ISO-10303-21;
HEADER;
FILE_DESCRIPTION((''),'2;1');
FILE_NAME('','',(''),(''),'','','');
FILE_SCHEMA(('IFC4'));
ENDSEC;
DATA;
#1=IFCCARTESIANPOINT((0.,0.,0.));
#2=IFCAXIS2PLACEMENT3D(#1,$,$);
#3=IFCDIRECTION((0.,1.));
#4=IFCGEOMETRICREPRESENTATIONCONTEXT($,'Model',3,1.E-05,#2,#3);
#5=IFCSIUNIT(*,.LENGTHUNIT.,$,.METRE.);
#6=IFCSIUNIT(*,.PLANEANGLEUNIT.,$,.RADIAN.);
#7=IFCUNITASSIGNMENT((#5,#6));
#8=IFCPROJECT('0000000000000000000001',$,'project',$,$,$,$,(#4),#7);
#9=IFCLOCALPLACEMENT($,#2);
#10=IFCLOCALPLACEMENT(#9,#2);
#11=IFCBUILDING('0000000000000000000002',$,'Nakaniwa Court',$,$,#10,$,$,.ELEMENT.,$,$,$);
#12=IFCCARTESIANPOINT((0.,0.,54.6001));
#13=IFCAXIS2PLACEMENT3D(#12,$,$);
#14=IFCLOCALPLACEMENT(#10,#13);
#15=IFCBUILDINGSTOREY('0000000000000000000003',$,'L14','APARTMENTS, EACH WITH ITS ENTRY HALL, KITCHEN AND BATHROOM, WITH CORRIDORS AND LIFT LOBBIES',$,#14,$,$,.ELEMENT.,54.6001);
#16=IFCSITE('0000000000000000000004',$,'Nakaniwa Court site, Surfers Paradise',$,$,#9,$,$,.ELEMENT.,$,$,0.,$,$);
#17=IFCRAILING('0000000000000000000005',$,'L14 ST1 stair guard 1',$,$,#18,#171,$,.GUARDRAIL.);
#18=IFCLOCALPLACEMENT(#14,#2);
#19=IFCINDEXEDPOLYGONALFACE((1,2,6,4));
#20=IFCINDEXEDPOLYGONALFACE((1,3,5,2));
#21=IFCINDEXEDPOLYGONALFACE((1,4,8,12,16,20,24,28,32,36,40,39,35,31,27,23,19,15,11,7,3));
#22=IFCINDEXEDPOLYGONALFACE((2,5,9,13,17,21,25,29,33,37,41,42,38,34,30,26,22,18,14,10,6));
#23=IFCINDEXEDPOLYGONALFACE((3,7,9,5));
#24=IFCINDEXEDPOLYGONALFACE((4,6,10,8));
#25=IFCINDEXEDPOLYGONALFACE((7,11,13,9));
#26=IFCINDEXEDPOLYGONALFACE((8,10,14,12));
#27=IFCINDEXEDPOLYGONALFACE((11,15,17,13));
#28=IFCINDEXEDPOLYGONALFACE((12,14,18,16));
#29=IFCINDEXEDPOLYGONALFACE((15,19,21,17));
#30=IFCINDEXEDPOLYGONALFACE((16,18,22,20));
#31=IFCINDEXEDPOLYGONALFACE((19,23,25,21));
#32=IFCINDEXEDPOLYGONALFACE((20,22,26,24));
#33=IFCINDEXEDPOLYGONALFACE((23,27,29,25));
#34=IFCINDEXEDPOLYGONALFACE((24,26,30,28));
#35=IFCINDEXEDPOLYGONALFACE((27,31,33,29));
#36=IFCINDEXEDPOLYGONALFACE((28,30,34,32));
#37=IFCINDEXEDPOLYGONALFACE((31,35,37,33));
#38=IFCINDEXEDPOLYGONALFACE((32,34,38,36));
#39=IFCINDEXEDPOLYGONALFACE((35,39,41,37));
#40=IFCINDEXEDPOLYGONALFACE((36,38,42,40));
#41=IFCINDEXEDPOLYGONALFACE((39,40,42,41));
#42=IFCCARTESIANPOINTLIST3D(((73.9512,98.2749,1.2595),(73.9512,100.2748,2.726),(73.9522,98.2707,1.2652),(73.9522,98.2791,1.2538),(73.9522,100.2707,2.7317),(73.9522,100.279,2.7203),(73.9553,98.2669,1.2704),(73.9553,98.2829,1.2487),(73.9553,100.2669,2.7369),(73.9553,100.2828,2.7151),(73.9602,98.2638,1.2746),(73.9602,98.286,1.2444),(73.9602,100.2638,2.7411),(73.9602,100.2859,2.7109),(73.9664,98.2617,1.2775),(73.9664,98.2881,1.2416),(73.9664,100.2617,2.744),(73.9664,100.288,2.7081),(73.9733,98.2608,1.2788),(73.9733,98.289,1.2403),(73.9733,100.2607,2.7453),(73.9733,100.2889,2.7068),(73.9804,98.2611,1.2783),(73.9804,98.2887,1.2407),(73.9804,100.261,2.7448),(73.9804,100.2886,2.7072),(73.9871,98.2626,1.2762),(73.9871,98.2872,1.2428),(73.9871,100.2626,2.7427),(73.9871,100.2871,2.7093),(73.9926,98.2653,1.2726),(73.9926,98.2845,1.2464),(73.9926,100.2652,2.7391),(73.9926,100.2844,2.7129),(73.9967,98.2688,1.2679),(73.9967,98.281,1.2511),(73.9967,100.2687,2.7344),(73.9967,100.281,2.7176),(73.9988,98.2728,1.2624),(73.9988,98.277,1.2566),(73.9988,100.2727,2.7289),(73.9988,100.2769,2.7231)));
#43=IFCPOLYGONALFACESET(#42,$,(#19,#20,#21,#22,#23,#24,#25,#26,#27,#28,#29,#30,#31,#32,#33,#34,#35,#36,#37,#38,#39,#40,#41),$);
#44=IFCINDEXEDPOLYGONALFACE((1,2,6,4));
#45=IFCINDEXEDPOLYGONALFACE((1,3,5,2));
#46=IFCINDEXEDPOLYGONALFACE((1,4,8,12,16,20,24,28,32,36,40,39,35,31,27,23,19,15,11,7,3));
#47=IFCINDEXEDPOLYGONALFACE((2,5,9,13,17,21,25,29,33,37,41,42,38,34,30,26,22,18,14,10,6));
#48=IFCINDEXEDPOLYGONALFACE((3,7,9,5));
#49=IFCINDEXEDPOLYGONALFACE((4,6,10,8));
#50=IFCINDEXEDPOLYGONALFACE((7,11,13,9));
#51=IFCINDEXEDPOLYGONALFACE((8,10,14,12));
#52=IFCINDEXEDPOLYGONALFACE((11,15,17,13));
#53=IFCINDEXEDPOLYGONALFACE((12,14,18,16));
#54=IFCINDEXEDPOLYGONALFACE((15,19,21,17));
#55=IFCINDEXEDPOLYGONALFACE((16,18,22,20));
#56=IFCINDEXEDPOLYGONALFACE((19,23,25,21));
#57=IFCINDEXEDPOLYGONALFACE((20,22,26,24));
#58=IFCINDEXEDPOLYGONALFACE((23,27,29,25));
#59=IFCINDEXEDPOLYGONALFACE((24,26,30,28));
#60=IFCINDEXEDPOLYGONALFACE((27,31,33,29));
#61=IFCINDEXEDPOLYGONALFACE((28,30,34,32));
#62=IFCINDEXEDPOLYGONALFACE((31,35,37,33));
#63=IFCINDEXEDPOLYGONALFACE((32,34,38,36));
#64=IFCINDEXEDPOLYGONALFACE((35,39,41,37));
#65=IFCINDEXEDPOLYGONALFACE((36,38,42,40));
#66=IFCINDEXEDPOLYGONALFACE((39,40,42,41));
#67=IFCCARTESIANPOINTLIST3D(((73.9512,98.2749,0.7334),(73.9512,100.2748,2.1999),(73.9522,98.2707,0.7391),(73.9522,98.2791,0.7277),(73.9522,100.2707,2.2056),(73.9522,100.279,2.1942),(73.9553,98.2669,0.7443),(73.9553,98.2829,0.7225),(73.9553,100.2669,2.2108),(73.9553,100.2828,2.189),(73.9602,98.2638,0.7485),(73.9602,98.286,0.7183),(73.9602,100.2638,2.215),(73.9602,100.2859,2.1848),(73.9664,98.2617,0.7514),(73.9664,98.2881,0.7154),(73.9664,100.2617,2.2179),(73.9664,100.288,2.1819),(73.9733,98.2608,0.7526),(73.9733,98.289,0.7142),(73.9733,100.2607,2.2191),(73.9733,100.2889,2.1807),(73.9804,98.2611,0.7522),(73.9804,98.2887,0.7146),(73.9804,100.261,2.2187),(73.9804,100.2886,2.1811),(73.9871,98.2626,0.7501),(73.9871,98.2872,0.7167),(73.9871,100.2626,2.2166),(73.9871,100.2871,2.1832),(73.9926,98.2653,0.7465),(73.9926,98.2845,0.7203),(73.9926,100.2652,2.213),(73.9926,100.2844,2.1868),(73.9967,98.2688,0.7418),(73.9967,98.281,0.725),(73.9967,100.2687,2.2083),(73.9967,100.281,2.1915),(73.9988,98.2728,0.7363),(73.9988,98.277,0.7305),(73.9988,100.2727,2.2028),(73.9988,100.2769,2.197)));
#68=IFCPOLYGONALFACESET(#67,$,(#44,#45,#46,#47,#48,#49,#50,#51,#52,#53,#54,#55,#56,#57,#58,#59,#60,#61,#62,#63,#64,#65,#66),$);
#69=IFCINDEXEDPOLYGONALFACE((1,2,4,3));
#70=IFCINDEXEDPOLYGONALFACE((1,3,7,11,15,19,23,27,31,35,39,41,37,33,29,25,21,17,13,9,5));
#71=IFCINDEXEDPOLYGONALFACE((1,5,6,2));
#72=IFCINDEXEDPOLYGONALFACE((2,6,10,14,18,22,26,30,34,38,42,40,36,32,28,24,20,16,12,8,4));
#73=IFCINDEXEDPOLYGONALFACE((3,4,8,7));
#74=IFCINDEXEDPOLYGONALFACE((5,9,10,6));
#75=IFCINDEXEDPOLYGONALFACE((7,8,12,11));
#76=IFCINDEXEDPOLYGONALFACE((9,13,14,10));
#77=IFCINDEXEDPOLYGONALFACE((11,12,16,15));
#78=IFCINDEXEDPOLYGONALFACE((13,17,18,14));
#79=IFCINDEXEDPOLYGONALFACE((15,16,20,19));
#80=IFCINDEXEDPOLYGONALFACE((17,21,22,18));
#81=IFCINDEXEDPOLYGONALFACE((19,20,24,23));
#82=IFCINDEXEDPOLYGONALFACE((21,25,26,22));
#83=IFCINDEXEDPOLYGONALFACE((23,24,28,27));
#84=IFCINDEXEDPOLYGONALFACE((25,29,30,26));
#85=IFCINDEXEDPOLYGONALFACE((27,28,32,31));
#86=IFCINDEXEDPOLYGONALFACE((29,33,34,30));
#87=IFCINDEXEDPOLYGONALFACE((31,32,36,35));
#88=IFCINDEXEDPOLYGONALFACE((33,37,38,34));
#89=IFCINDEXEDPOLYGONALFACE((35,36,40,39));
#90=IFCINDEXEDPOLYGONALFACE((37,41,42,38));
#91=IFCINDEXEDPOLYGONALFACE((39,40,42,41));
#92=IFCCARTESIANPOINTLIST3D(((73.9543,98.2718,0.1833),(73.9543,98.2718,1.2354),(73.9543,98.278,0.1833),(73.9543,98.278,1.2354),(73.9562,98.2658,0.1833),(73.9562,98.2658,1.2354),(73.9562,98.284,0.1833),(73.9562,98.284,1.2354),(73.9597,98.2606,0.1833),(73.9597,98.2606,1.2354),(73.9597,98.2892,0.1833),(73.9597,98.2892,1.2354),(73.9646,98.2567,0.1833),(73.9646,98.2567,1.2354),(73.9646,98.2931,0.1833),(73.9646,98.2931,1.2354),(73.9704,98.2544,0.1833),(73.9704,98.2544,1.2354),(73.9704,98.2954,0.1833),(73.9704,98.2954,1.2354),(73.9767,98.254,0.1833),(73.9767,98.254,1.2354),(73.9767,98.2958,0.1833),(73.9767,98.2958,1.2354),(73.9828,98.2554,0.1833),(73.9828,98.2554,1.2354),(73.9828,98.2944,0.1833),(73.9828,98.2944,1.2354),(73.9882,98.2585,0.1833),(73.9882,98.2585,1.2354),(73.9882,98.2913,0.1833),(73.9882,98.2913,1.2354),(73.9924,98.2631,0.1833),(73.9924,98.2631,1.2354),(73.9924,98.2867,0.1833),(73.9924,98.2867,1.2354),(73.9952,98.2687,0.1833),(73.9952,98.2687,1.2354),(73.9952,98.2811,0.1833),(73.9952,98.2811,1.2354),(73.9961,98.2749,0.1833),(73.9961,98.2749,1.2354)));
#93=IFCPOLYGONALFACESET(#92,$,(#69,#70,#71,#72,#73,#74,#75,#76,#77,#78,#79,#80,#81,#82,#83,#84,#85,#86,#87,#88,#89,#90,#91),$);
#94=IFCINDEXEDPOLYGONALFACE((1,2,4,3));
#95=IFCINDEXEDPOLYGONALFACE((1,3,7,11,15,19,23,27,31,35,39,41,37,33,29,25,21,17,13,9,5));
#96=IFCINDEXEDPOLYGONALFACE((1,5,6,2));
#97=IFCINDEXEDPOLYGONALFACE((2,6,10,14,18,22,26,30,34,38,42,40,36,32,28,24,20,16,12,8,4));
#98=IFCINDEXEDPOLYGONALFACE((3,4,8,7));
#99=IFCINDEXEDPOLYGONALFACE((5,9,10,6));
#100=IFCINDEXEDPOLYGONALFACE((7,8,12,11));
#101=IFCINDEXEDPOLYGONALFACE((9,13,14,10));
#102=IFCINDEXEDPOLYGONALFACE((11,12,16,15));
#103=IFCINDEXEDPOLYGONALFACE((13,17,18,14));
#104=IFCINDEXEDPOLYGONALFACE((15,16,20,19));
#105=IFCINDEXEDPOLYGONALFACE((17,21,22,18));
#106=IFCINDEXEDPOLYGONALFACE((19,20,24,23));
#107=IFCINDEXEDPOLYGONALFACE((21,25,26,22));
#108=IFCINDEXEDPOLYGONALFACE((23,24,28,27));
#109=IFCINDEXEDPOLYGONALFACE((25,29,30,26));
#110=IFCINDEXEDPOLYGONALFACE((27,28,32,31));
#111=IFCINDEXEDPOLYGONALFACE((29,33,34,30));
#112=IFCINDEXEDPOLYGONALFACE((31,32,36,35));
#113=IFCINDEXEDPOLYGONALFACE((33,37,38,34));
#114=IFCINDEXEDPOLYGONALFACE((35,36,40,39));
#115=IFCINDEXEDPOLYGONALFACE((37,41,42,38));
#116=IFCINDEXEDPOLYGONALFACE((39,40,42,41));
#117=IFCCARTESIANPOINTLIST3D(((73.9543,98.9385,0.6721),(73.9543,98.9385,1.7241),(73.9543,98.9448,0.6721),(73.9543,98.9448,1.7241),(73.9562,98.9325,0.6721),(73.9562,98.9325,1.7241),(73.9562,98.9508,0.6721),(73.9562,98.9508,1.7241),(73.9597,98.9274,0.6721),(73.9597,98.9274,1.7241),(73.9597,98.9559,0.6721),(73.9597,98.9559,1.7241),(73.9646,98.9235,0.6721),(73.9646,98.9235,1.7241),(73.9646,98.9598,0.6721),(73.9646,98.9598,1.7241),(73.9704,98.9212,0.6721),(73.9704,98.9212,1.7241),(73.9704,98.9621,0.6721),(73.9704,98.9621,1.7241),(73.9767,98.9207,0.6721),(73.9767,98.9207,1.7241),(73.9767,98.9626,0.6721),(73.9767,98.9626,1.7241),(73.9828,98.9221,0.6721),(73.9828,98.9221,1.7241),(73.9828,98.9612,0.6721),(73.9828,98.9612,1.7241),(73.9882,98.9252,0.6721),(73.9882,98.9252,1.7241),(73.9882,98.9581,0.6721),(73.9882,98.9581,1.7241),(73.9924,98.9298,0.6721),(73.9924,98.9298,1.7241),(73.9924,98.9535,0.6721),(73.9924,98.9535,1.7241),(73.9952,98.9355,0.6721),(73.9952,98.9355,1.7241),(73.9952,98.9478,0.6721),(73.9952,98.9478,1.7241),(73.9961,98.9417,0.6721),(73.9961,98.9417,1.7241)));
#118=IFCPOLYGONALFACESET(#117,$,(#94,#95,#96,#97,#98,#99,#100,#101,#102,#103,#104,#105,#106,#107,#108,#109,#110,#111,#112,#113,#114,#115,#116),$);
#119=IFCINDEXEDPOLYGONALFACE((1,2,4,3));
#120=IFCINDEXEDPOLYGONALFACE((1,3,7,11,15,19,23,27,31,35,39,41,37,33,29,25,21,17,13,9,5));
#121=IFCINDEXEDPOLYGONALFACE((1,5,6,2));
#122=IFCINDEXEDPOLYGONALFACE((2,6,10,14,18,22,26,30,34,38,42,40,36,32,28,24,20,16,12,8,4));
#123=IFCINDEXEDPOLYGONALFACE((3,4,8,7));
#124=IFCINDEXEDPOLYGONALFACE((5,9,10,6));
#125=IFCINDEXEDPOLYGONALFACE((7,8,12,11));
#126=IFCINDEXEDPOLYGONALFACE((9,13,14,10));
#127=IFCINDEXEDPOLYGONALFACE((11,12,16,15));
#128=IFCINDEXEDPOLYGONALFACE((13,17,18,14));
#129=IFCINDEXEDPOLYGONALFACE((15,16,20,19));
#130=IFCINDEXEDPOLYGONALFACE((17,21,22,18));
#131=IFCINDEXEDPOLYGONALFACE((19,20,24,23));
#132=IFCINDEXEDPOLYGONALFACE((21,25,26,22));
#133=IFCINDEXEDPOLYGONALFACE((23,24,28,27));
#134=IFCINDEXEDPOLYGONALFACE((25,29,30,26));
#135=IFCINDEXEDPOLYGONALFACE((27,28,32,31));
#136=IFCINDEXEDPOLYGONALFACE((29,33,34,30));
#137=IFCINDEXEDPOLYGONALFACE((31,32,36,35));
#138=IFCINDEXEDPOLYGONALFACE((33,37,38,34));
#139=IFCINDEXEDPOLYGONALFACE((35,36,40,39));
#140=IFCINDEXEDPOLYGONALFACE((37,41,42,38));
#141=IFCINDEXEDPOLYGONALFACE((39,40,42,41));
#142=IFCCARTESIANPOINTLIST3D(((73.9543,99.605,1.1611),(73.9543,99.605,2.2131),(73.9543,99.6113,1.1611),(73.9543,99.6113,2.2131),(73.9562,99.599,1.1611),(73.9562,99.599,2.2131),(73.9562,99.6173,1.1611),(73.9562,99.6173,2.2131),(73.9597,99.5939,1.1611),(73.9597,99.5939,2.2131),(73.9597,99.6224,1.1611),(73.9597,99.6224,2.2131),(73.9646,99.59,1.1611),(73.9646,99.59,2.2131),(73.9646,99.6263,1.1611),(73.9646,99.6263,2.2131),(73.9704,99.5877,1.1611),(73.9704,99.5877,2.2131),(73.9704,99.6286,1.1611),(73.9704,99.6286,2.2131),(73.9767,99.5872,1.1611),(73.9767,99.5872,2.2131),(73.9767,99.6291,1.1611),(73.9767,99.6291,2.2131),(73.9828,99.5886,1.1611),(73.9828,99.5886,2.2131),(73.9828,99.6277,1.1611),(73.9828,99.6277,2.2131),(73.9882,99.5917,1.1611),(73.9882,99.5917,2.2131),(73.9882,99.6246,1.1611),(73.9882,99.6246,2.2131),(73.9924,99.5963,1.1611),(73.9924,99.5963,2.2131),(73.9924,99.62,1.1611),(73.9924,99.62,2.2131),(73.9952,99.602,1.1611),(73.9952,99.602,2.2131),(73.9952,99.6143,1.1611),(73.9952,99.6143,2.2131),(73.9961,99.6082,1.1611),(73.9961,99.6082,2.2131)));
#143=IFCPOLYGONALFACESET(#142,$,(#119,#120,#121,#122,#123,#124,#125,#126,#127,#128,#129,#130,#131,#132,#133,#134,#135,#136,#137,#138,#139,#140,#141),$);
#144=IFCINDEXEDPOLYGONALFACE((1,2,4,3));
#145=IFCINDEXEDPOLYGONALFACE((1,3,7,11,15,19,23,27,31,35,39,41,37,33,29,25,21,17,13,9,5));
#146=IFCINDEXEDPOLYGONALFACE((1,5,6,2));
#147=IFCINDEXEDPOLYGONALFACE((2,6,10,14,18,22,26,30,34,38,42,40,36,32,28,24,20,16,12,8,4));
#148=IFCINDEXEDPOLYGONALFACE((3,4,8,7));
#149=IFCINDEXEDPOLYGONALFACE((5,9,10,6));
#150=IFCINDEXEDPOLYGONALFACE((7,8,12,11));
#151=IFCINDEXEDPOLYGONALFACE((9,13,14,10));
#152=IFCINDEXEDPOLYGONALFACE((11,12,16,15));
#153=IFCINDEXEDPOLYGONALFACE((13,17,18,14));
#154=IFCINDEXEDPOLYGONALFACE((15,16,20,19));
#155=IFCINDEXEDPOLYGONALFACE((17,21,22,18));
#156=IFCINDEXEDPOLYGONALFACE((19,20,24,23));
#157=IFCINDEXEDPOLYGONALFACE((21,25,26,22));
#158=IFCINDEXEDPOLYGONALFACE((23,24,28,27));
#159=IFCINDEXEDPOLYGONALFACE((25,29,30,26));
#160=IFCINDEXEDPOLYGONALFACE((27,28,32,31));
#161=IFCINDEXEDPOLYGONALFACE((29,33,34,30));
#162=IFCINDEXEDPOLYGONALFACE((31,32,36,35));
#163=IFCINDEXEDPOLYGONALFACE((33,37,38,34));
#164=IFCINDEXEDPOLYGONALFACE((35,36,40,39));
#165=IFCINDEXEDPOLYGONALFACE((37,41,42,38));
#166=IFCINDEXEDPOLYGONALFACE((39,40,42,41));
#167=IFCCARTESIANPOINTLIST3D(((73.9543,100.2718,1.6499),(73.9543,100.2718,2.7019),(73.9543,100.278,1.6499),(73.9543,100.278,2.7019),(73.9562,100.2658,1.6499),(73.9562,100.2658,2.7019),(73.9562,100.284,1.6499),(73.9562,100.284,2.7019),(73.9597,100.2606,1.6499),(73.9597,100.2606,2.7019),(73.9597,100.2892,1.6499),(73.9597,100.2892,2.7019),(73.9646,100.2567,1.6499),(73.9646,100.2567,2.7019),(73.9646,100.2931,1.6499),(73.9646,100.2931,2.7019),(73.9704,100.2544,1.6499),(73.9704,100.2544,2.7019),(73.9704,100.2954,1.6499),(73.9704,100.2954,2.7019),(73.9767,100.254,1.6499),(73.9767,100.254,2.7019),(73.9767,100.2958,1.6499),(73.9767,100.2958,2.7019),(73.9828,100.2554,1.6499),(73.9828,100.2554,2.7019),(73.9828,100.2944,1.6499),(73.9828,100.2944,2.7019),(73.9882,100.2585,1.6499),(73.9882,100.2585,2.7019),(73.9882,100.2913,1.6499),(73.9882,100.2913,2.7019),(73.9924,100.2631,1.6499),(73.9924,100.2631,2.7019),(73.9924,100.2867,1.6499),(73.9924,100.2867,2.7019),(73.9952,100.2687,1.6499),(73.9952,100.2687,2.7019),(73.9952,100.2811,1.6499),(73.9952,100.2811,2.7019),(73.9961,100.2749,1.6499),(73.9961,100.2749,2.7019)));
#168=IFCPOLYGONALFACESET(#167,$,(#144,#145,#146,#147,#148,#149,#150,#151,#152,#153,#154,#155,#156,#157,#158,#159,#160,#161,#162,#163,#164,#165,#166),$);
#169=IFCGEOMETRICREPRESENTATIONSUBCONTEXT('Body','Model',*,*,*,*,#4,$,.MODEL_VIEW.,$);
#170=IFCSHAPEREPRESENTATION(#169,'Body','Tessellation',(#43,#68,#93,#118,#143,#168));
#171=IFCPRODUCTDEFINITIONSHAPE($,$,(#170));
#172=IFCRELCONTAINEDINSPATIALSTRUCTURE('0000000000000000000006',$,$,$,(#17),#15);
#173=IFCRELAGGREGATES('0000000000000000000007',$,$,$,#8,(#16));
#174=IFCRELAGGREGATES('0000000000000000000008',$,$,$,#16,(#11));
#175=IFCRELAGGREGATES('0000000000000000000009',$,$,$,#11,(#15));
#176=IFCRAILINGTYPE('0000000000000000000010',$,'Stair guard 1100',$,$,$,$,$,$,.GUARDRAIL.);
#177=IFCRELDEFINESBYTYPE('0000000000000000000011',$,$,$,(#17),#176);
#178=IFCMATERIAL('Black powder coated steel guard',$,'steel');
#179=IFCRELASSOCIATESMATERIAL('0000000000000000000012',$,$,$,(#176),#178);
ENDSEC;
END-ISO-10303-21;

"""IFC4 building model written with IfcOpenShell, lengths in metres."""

from ifc_helpers import new_model, si_unit, direction, frame, origin, origin_2d, place, context, subcontext, project, spatial, circle, extrude, material, type_object, element, save


model = new_model("IFC4")

# Units and contexts
model_context = context("Model", 3, precision=1e-05, world=origin(), true_north=direction((0.0, 1.0)))
body_context = subcontext(model_context, "Body", "Model", "MODEL_VIEW")
ifc_project = project(units=[si_unit("LENGTHUNIT", "METRE"), si_unit("PLANEANGLEUNIT", "RADIAN")], contexts=[model_context])

# Site, building, storey
site_placement = place(None, origin())
site = spatial("IfcSite", under=ifc_project, at=site_placement, Name="Nakaniwa Court site, Surfers Paradise", CompositionType="ELEMENT", RefElevation=0.0)
building_placement = place(site_placement, origin())
building = spatial("IfcBuilding", under=site, at=building_placement, Name="Nakaniwa Court", CompositionType="ELEMENT")
storey_placement = place(building_placement, frame((0.0, 0.0, 54.6001)))
storey = spatial("IfcBuildingStorey", under=building, at=storey_placement, Name="L14", Description="APARTMENTS, EACH WITH ITS ENTRY HALL, KITCHEN AND BATHROOM, WITH CORRIDORS AND LIFT LOBBIES", CompositionType="ELEMENT", Elevation=54.6001)

# Railing
ifc_material_1 = material(Name="Black powder coated steel guard", Category="steel")
railing_type_1 = type_object("IfcRailingType", Name="Stair guard 1100", PredefinedType="GUARDRAIL", material=ifc_material_1)
railing_1_placement = place(storey_placement, frame((73.9751, 98.2749, 0.1833)))
element("IfcRailing", 1, at=railing_1_placement, inside=storey, type_object=railing_type_1, Name="L14 ST1 stair guard 1", PredefinedType="GUARDRAIL", context=body_context, shape_type="SweptSolid", body=[
    extrude(circle(Radius=0.0239, at=origin_2d()), frame((0.0, 0.0, 1.0762), z_axis=(0.0, 0.806427, 0.591334), x_axis=(-1.0, 0.0, 0.0)), (0.0, 0.0, 1.0), 2.48),
    extrude(circle(Radius=0.0239, at=origin_2d()), frame((0.0, 0.0, 0.55), z_axis=(0.0, 0.806427, 0.591334), x_axis=(-1.0, 0.0, 0.0)), (0.0, 0.0, 1.0), 2.48),
    extrude(circle(Radius=0.021, at=origin_2d()), origin(), (0.0, 0.0, 1.0), 1.052),
    extrude(circle(Radius=0.021, at=origin_2d()), frame((0.0, 0.6667, 0.4888)), (0.0, 0.0, 1.0), 1.052),
    extrude(circle(Radius=0.021, at=origin_2d()), frame((0.0, 1.3333, 0.9778)), (0.0, 0.0, 1.0), 1.052),
    extrude(circle(Radius=0.021, at=origin_2d()), frame((0.0, 2.0, 1.4666)), (0.0, 0.0, 1.0), 1.052),
])

save(model, "model.ifc")
